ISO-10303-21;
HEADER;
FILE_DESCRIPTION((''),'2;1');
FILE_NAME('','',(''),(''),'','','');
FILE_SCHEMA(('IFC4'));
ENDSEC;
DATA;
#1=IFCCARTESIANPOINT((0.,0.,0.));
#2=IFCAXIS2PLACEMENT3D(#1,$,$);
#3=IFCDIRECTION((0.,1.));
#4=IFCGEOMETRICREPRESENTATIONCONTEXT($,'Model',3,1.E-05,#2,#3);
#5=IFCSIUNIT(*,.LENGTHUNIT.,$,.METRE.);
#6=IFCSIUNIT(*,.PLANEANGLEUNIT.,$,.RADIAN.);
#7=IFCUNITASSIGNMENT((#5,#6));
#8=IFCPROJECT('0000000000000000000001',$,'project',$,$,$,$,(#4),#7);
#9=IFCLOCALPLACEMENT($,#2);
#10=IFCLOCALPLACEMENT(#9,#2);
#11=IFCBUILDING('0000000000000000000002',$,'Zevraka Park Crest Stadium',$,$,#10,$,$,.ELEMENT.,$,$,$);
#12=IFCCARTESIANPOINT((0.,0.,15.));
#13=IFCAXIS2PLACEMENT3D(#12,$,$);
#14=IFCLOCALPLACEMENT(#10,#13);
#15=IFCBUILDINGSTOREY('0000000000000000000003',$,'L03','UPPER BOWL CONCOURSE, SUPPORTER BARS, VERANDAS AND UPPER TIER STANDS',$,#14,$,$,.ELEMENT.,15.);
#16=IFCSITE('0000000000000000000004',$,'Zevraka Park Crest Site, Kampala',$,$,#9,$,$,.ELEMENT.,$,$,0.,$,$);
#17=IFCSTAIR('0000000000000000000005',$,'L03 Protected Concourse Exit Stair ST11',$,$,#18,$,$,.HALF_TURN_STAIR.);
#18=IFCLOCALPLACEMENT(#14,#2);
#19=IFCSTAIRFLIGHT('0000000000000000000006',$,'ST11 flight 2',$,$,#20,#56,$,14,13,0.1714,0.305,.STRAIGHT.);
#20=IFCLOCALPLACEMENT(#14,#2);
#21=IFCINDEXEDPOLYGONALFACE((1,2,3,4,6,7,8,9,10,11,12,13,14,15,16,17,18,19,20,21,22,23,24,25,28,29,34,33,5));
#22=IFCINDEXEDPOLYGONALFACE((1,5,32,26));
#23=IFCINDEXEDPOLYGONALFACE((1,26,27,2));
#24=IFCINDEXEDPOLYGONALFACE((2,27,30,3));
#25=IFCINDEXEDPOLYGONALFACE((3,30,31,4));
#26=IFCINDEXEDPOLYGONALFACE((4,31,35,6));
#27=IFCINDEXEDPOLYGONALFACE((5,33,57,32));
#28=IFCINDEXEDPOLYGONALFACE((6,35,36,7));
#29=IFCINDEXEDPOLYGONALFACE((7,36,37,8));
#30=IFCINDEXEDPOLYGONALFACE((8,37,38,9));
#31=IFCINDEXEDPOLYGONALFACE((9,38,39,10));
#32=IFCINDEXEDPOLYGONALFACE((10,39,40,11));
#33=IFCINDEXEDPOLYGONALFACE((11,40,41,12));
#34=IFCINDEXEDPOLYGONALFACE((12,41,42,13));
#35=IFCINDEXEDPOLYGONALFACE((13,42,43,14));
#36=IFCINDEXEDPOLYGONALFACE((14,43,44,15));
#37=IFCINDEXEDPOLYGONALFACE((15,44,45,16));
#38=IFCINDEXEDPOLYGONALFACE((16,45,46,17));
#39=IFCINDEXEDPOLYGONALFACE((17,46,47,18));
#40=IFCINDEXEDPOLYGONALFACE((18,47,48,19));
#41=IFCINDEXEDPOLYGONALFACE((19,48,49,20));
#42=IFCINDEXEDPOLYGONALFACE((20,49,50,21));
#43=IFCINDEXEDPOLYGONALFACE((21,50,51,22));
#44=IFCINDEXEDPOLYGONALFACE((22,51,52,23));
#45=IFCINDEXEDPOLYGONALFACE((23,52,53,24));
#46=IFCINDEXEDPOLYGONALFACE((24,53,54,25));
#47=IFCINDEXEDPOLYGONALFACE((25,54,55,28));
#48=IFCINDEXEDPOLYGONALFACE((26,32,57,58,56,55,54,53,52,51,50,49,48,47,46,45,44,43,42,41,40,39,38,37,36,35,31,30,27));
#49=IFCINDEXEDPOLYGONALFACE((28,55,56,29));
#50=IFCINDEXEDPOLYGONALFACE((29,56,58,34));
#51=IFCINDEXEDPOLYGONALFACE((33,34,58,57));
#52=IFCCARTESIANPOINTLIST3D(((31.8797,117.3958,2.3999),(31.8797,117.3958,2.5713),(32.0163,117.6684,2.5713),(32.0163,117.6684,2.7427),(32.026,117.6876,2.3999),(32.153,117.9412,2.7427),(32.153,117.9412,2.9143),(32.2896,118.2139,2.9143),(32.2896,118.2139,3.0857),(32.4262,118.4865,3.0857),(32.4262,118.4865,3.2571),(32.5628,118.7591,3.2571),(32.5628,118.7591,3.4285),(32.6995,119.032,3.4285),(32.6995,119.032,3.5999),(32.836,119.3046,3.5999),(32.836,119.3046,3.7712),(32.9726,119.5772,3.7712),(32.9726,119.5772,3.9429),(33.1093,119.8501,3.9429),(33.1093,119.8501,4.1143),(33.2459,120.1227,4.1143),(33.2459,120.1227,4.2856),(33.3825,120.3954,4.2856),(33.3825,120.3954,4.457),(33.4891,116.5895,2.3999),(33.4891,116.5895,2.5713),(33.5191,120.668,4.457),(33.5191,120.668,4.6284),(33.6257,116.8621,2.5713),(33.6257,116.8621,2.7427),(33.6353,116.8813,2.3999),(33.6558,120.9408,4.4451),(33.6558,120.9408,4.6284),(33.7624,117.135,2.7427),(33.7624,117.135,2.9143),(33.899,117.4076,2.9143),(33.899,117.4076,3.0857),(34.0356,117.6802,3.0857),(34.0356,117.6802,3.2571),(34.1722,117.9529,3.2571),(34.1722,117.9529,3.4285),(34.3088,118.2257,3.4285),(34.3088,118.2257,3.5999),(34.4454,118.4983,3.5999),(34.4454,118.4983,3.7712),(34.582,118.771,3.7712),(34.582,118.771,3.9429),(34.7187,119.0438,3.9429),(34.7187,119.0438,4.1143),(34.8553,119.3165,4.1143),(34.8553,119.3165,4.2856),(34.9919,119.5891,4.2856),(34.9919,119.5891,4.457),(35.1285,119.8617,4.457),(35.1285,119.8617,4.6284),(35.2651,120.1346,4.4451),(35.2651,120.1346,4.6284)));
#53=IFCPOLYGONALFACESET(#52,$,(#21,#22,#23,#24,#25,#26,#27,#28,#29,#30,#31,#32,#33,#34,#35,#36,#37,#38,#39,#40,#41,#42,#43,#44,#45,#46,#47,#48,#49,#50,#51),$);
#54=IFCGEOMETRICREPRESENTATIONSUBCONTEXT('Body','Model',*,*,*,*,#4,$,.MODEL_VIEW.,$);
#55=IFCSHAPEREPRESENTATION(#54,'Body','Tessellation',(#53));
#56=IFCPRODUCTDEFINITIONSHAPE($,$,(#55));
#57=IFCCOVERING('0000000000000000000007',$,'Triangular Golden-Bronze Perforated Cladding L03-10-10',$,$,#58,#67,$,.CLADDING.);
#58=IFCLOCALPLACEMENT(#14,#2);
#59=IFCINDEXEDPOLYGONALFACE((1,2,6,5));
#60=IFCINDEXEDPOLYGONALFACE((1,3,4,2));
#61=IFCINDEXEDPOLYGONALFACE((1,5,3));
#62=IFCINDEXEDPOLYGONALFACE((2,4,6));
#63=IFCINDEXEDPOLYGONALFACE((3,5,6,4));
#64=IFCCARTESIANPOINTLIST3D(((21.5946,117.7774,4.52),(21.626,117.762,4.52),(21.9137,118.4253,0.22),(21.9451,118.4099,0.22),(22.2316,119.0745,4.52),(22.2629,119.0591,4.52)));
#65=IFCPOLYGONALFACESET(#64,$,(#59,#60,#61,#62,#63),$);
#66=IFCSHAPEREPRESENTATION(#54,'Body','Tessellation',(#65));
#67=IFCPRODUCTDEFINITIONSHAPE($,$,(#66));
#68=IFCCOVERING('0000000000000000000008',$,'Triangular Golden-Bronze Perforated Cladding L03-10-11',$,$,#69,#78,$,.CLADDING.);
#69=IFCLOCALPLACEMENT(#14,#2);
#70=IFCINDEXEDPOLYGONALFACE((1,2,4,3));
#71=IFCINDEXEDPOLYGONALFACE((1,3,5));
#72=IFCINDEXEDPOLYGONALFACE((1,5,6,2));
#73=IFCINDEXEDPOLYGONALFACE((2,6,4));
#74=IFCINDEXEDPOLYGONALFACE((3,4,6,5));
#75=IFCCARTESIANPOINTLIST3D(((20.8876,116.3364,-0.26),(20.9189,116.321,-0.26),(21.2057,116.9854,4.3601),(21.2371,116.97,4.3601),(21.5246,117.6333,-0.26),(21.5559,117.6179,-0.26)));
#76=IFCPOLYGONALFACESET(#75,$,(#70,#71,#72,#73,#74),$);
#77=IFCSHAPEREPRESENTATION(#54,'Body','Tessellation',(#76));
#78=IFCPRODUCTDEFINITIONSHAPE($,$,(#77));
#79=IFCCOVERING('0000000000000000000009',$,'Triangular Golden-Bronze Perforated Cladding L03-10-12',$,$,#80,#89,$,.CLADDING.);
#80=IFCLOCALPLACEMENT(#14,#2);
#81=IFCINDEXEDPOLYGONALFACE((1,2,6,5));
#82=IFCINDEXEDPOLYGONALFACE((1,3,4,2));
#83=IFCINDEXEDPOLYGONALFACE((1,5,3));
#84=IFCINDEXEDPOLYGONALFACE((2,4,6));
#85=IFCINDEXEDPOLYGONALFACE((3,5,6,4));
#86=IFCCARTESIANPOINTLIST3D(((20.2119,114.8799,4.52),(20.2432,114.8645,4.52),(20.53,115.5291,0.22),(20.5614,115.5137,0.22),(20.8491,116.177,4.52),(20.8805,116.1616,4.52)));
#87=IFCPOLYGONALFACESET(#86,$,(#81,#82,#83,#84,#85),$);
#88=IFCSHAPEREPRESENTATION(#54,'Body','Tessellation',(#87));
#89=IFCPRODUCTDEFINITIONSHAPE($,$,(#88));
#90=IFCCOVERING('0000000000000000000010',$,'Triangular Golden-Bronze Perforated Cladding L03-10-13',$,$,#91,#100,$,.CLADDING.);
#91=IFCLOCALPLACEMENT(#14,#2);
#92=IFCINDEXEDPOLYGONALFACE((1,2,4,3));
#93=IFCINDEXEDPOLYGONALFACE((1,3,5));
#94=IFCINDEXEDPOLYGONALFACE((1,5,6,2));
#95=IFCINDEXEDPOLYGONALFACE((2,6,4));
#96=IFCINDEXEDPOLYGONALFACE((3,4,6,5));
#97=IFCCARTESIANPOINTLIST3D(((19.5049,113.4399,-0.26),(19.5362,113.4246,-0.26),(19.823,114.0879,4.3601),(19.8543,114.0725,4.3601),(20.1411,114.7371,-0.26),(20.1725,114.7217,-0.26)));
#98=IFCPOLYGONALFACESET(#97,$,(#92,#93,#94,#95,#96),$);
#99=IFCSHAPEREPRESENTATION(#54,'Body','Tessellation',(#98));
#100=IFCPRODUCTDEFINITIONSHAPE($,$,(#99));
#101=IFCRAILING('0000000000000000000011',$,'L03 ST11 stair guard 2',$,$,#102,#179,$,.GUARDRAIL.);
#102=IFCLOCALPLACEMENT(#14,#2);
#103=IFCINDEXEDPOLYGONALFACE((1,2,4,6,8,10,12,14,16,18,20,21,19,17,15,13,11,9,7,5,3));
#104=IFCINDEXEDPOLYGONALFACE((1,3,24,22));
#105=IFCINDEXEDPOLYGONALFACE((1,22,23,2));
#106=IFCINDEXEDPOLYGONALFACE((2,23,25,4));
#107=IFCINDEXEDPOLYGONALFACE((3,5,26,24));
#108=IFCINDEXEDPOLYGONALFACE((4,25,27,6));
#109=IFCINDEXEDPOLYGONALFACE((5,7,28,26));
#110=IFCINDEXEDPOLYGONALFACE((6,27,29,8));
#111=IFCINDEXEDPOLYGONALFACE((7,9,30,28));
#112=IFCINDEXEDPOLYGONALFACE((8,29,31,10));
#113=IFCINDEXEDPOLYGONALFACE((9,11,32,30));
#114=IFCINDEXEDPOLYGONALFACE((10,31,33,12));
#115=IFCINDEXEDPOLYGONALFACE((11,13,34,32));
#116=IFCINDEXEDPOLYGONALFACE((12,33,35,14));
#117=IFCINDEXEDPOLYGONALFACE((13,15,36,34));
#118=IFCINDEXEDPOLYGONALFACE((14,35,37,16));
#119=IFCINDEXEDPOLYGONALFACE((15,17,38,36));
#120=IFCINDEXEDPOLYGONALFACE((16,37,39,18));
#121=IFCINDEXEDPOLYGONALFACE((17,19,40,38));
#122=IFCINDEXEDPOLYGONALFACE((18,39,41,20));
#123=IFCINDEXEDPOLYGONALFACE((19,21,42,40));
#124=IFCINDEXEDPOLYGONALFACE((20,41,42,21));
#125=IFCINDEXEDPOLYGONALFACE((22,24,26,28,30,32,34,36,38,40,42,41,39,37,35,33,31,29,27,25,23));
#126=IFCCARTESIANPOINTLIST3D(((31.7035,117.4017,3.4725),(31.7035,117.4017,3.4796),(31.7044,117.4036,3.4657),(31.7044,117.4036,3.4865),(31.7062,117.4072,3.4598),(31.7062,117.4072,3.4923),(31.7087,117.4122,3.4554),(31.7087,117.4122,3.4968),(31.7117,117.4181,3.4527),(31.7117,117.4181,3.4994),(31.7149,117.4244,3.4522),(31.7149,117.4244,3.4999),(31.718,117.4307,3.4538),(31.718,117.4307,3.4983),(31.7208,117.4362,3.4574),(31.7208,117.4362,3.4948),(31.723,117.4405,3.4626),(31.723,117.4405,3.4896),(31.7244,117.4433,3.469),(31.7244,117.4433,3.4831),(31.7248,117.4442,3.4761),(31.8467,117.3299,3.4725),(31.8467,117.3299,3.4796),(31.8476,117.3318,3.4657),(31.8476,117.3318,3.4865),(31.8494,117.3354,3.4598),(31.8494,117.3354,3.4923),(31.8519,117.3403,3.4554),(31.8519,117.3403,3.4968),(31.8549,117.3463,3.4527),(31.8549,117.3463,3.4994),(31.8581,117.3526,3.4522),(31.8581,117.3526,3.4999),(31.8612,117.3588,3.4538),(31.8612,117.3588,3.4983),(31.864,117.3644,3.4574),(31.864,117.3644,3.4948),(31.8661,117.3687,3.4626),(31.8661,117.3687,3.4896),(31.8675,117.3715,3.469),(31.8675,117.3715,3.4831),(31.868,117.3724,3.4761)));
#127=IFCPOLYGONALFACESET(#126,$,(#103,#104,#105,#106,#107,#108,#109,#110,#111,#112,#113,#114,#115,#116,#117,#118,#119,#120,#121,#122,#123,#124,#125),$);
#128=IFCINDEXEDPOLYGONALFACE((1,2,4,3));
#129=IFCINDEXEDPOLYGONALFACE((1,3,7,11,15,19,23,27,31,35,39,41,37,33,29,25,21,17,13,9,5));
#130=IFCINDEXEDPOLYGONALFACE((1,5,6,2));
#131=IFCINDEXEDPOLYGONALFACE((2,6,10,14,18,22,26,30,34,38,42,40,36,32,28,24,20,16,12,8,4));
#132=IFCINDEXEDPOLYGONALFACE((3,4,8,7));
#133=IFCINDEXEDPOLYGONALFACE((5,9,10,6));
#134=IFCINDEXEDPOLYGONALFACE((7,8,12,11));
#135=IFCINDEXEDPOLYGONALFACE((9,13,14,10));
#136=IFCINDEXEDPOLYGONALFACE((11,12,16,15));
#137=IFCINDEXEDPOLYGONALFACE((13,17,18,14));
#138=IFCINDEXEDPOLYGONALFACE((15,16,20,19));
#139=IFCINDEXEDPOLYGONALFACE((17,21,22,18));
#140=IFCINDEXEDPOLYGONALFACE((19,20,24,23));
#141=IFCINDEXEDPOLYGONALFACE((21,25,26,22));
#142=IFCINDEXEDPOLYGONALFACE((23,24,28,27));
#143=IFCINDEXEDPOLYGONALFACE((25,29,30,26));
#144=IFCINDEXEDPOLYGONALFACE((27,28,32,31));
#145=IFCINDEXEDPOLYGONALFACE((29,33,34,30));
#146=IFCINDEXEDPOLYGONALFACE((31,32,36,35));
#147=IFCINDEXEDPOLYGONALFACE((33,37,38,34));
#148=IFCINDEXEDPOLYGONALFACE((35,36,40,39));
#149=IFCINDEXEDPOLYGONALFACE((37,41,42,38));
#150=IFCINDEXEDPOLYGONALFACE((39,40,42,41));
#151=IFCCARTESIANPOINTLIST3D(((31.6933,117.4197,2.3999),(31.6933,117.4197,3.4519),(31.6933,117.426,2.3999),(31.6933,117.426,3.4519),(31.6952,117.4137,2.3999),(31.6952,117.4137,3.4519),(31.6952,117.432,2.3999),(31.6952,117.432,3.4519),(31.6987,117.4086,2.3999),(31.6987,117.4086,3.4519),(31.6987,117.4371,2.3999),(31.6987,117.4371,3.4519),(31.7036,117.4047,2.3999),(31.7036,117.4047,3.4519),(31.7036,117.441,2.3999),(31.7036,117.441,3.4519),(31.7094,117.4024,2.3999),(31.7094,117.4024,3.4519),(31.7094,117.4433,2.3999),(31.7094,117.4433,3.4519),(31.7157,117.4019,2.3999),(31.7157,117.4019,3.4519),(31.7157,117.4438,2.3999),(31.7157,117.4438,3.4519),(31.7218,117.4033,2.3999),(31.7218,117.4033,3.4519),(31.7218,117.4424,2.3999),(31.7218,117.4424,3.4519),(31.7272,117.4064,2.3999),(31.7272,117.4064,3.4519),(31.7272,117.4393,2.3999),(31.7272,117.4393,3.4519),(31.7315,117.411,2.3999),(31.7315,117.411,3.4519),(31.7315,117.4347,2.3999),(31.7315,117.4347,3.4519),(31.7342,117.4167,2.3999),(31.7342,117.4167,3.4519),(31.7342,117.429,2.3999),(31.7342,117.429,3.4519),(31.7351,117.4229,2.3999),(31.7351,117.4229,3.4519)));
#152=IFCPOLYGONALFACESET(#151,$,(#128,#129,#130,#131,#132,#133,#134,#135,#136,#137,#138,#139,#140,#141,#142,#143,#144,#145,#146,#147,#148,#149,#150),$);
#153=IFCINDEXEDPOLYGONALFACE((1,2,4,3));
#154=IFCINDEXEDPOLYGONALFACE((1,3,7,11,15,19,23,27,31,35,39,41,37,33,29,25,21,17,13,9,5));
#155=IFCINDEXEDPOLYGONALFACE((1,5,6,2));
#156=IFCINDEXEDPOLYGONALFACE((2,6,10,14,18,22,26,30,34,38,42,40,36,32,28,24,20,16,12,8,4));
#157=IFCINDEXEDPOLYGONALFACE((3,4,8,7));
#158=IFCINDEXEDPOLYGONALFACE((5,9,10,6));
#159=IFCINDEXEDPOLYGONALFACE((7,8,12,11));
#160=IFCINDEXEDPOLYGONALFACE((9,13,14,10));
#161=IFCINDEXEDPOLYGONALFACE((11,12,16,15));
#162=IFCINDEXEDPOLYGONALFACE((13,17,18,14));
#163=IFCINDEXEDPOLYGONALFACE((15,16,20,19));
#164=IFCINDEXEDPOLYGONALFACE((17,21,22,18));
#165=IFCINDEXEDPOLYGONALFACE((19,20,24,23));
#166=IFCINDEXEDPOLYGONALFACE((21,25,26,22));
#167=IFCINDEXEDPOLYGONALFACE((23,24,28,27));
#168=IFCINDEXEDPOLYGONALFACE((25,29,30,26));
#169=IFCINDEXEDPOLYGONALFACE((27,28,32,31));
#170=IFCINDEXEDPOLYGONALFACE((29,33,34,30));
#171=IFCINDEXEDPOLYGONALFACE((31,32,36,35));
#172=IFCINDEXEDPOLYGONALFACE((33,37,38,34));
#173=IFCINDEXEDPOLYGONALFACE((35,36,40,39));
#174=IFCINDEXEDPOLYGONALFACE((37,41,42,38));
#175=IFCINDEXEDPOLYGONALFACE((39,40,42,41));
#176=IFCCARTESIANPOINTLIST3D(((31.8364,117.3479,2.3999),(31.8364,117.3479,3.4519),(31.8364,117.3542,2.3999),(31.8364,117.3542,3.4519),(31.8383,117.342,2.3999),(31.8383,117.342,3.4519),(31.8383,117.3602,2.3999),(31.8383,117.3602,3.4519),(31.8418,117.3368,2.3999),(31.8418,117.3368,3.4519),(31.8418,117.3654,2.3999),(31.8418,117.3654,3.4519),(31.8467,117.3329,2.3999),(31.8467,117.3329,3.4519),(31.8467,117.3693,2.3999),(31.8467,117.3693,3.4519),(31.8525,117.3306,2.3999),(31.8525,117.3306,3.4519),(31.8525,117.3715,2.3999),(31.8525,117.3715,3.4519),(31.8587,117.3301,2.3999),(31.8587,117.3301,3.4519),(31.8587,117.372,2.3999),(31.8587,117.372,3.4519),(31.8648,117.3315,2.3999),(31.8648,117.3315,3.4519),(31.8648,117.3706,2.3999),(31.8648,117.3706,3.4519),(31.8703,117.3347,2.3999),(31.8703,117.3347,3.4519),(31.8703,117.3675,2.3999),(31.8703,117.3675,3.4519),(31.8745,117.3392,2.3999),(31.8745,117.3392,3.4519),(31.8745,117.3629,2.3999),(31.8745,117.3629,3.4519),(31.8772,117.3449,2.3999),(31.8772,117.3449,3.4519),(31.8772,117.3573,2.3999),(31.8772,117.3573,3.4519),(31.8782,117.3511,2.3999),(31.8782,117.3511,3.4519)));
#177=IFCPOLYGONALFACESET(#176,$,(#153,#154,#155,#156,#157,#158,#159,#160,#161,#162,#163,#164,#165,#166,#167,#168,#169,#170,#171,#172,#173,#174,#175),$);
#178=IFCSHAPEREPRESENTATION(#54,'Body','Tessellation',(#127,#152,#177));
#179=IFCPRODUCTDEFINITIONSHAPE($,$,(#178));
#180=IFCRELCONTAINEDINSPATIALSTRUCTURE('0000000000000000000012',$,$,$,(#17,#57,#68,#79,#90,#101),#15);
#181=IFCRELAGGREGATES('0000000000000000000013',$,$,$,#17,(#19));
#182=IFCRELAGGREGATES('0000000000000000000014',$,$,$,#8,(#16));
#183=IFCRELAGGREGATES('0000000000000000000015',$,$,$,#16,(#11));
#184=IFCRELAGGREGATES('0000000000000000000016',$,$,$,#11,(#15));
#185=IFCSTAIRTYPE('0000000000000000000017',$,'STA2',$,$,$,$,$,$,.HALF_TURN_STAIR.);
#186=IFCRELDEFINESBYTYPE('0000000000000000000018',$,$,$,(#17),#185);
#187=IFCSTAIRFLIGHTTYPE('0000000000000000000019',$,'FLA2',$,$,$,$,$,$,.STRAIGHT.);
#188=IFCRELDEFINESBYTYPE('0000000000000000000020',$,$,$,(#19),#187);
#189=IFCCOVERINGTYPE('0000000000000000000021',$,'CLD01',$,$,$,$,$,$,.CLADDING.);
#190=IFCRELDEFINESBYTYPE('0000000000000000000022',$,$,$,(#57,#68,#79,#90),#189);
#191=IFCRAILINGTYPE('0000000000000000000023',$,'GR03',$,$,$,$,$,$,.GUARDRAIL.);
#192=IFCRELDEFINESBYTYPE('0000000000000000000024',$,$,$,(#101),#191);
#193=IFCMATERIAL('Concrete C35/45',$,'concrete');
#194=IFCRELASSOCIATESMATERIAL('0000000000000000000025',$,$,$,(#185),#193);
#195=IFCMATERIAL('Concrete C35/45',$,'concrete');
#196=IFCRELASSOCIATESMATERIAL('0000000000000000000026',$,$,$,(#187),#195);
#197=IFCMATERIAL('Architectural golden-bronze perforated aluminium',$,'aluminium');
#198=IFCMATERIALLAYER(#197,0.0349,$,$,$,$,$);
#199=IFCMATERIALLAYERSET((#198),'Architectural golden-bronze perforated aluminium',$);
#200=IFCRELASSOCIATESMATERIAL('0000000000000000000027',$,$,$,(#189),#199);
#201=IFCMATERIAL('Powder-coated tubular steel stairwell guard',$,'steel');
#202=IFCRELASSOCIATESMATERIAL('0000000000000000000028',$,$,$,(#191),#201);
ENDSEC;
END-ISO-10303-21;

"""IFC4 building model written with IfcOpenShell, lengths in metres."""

from ifc_helpers import new_model, si_unit, direction, frame, origin, origin_2d, place, context, subcontext, project, spatial, polyline, circle, outline, extrude, material, layer, layer_set, type_object, element, aggregate, save


model = new_model("IFC4")

# Units and contexts
model_context = context("Model", 3, precision=1e-05, world=origin(), true_north=direction((0.0, 1.0)))
body_context = subcontext(model_context, "Body", "Model", "MODEL_VIEW")
ifc_project = project(units=[si_unit("LENGTHUNIT", "METRE"), si_unit("PLANEANGLEUNIT", "RADIAN")], contexts=[model_context])

# Site, building, storey
site_placement = place(None, origin())
site = spatial("IfcSite", under=ifc_project, at=site_placement, Name="Zevraka Park Crest Site, Kampala", CompositionType="ELEMENT", RefElevation=0.0)
building_placement = place(site_placement, origin())
building = spatial("IfcBuilding", under=site, at=building_placement, Name="Zevraka Park Crest Stadium", CompositionType="ELEMENT")
storey_placement = place(building_placement, frame((0.0, 0.0, 15.0)))
storey = spatial("IfcBuildingStorey", under=building, at=storey_placement, Name="L03", Description="UPPER BOWL CONCOURSE, SUPPORTER BARS, VERANDAS AND UPPER TIER STANDS", CompositionType="ELEMENT", Elevation=15.0)

# Stair, stair flight
ifc_material_1 = material(Name="Concrete C35/45", Category="concrete")
stair_type = type_object("IfcStairType", Name="STA2", PredefinedType="HALF_TURN_STAIR", material=ifc_material_1)
stair_placement = place(storey_placement, origin())
stair = element("IfcStair", 1, at=stair_placement, inside=storey, type_object=stair_type, Name="L03 Protected Concourse Exit Stair ST11", PredefinedType="HALF_TURN_STAIR")
ifc_material_2 = material(Name="Concrete C35/45", Category="concrete")
stair_flight_type = type_object("IfcStairFlightType", Name="FLA2", PredefinedType="STRAIGHT", material=ifc_material_2)
stair_flight_placement = place(storey_placement, frame((32.6843, 116.9927, 2.3999), z_axis=(0.0, 0.0, 1.0), x_axis=(0.447915, 0.894076, 0.0)))
stair_flight = element("IfcStairFlight", 2, at=stair_flight_placement, type_object=stair_flight_type, Name="ST11 flight 2", NumberOfRisers=14, NumberOfTreads=13, PredefinedType="STRAIGHT", RiserHeight=0.1714, TreadLength=0.305, context=body_context, shape_type="SweptSolid", body=[
    extrude(outline(polyline([(0.0, 0.0), (0.0, 0.1714), (0.3049, 0.1714), (0.3049, 0.3428), (0.6101, 0.3428), (0.6101, 0.5144), (0.915, 0.5144), (0.915, 0.6858), (1.22, 0.6858), (1.22, 0.8572), (1.5249, 0.8572), (1.5249, 1.0286), (1.8301, 1.0286), (1.8301, 1.2), (2.135, 1.2), (2.135, 1.3713), (2.4399, 1.3713), (2.4399, 1.543), (2.7451, 1.543), (2.7451, 1.7144), (3.05, 1.7144), (3.05, 1.8857), (3.355, 1.8857), (3.355, 2.0571), (3.6599, 2.0571), (3.6599, 2.2285), (3.9651, 2.2285), (3.9651, 2.3999), (3.9651, 2.0452), (0.3264, 0.0), (0.0, 0.0)])), frame((0.0, 0.8999, 0.0), z_axis=(0.0, -1.0, 0.0), x_axis=(1.0, 0.0, 0.0)), (0.0, 0.0, 1.0), 1.8),
])
aggregate(stair, [stair_flight])

# Coverings
ifc_material_3 = material(Name="Architectural golden-bronze perforated aluminium", Category="aluminium")
ifc_layer_1 = layer(ifc_material_3, 0.0349)
ifc_layer_set_1 = layer_set([ifc_layer_1], Name="Architectural golden-bronze perforated aluminium")
covering_type = type_object("IfcCoveringType", Name="CLD01", PredefinedType="CLADDING", material=ifc_layer_set_1)
covering_1_placement = place(storey_placement, frame((21.626, 117.762, 4.52), z_axis=(0.897614, -0.440782, 0.00019), x_axis=(0.440782, 0.897614, 0.0)))
element("IfcCovering", 3, at=covering_1_placement, inside=storey, type_object=covering_type, Name="Triangular Golden-Bronze Perforated Cladding L03-10-10", PredefinedType="CLADDING", context=body_context, shape_type="SweptSolid", body=[
    extrude(outline(polyline([(0.0, 0.0), (1.4451, 0.0), (0.7223, -4.3), (0.0, 0.0)])), origin(), (0.0, 0.0, -1.0), 0.0349),
])
covering_2_placement = place(storey_placement, frame((21.5559, 117.6179, -0.26), z_axis=(0.897581, -0.440849, 0.000118), x_axis=(-0.440849, -0.897581, 0.0)))
element("IfcCovering", 4, at=covering_2_placement, inside=storey, type_object=covering_type, Name="Triangular Golden-Bronze Perforated Cladding L03-10-11", PredefinedType="CLADDING", context=body_context, shape_type="SweptSolid", body=[
    extrude(outline(polyline([(0.0, 0.0), (1.4449, 0.0), (0.7222, -4.6201), (0.0, 0.0)])), origin(), (0.0, 0.0, -1.0), 0.0349),
])
covering_3_placement = place(storey_placement, frame((20.2119, 114.8799, 4.52), z_axis=(-0.897547, 0.440918, 0.000165), x_axis=(0.440918, 0.897547, 0.0)))
element("IfcCovering", 5, at=covering_3_placement, inside=storey, type_object=covering_type, Name="Triangular Golden-Bronze Perforated Cladding L03-10-12", PredefinedType="CLADDING", context=body_context, shape_type="SweptSolid", body=[
    extrude(outline(polyline([(0.0, 0.0), (1.4452, 0.0), (0.7229, 4.3), (0.0, 0.0)])), origin(), (0.0, 0.0, -1.0), 0.0349),
])
covering_4_placement = place(storey_placement, frame((20.1411, 114.7371, -0.26), z_axis=(-0.897815, 0.440374, 0.000058), x_axis=(-0.440374, -0.897815, 0.0)))
element("IfcCovering", 6, at=covering_4_placement, inside=storey, type_object=covering_type, Name="Triangular Golden-Bronze Perforated Cladding L03-10-13", PredefinedType="CLADDING", context=body_context, shape_type="SweptSolid", body=[
    extrude(outline(polyline([(0.0, 0.0), (1.4448, 0.0), (0.7229, 4.6201), (0.0, 0.0)])), origin(), (0.0, 0.0, -1.0), 0.0349),
])

# Railing
ifc_material_4 = material(Name="Powder-coated tubular steel stairwell guard", Category="steel")
railing_type_1 = type_object("IfcRailingType", Name="GR03", PredefinedType="GUARDRAIL", material=ifc_material_4)
railing_1_placement = place(storey_placement, frame((31.7141, 117.4229, 2.3999)))
element("IfcRailing", 7, at=railing_1_placement, inside=storey, type_object=railing_type_1, Name="L03 ST11 stair guard 2", PredefinedType="GUARDRAIL", context=body_context, shape_type="SweptSolid", body=[
    extrude(circle(Radius=0.0239, at=origin_2d()), frame((0.0, 0.0, 1.0762), z_axis=(0.893816, -0.448433, 0.0), x_axis=(0.448433, 0.893816, 0.0)), (0.0, 0.0, 1.0), 0.1602),
    extrude(circle(Radius=0.021, at=origin_2d()), origin(), (0.0, 0.0, 1.0), 1.052),
    extrude(circle(Radius=0.021, at=origin_2d()), frame((0.1431, -0.0718, 0.0)), (0.0, 0.0, 1.0), 1.052),
])

save(model, "model.ifc")
